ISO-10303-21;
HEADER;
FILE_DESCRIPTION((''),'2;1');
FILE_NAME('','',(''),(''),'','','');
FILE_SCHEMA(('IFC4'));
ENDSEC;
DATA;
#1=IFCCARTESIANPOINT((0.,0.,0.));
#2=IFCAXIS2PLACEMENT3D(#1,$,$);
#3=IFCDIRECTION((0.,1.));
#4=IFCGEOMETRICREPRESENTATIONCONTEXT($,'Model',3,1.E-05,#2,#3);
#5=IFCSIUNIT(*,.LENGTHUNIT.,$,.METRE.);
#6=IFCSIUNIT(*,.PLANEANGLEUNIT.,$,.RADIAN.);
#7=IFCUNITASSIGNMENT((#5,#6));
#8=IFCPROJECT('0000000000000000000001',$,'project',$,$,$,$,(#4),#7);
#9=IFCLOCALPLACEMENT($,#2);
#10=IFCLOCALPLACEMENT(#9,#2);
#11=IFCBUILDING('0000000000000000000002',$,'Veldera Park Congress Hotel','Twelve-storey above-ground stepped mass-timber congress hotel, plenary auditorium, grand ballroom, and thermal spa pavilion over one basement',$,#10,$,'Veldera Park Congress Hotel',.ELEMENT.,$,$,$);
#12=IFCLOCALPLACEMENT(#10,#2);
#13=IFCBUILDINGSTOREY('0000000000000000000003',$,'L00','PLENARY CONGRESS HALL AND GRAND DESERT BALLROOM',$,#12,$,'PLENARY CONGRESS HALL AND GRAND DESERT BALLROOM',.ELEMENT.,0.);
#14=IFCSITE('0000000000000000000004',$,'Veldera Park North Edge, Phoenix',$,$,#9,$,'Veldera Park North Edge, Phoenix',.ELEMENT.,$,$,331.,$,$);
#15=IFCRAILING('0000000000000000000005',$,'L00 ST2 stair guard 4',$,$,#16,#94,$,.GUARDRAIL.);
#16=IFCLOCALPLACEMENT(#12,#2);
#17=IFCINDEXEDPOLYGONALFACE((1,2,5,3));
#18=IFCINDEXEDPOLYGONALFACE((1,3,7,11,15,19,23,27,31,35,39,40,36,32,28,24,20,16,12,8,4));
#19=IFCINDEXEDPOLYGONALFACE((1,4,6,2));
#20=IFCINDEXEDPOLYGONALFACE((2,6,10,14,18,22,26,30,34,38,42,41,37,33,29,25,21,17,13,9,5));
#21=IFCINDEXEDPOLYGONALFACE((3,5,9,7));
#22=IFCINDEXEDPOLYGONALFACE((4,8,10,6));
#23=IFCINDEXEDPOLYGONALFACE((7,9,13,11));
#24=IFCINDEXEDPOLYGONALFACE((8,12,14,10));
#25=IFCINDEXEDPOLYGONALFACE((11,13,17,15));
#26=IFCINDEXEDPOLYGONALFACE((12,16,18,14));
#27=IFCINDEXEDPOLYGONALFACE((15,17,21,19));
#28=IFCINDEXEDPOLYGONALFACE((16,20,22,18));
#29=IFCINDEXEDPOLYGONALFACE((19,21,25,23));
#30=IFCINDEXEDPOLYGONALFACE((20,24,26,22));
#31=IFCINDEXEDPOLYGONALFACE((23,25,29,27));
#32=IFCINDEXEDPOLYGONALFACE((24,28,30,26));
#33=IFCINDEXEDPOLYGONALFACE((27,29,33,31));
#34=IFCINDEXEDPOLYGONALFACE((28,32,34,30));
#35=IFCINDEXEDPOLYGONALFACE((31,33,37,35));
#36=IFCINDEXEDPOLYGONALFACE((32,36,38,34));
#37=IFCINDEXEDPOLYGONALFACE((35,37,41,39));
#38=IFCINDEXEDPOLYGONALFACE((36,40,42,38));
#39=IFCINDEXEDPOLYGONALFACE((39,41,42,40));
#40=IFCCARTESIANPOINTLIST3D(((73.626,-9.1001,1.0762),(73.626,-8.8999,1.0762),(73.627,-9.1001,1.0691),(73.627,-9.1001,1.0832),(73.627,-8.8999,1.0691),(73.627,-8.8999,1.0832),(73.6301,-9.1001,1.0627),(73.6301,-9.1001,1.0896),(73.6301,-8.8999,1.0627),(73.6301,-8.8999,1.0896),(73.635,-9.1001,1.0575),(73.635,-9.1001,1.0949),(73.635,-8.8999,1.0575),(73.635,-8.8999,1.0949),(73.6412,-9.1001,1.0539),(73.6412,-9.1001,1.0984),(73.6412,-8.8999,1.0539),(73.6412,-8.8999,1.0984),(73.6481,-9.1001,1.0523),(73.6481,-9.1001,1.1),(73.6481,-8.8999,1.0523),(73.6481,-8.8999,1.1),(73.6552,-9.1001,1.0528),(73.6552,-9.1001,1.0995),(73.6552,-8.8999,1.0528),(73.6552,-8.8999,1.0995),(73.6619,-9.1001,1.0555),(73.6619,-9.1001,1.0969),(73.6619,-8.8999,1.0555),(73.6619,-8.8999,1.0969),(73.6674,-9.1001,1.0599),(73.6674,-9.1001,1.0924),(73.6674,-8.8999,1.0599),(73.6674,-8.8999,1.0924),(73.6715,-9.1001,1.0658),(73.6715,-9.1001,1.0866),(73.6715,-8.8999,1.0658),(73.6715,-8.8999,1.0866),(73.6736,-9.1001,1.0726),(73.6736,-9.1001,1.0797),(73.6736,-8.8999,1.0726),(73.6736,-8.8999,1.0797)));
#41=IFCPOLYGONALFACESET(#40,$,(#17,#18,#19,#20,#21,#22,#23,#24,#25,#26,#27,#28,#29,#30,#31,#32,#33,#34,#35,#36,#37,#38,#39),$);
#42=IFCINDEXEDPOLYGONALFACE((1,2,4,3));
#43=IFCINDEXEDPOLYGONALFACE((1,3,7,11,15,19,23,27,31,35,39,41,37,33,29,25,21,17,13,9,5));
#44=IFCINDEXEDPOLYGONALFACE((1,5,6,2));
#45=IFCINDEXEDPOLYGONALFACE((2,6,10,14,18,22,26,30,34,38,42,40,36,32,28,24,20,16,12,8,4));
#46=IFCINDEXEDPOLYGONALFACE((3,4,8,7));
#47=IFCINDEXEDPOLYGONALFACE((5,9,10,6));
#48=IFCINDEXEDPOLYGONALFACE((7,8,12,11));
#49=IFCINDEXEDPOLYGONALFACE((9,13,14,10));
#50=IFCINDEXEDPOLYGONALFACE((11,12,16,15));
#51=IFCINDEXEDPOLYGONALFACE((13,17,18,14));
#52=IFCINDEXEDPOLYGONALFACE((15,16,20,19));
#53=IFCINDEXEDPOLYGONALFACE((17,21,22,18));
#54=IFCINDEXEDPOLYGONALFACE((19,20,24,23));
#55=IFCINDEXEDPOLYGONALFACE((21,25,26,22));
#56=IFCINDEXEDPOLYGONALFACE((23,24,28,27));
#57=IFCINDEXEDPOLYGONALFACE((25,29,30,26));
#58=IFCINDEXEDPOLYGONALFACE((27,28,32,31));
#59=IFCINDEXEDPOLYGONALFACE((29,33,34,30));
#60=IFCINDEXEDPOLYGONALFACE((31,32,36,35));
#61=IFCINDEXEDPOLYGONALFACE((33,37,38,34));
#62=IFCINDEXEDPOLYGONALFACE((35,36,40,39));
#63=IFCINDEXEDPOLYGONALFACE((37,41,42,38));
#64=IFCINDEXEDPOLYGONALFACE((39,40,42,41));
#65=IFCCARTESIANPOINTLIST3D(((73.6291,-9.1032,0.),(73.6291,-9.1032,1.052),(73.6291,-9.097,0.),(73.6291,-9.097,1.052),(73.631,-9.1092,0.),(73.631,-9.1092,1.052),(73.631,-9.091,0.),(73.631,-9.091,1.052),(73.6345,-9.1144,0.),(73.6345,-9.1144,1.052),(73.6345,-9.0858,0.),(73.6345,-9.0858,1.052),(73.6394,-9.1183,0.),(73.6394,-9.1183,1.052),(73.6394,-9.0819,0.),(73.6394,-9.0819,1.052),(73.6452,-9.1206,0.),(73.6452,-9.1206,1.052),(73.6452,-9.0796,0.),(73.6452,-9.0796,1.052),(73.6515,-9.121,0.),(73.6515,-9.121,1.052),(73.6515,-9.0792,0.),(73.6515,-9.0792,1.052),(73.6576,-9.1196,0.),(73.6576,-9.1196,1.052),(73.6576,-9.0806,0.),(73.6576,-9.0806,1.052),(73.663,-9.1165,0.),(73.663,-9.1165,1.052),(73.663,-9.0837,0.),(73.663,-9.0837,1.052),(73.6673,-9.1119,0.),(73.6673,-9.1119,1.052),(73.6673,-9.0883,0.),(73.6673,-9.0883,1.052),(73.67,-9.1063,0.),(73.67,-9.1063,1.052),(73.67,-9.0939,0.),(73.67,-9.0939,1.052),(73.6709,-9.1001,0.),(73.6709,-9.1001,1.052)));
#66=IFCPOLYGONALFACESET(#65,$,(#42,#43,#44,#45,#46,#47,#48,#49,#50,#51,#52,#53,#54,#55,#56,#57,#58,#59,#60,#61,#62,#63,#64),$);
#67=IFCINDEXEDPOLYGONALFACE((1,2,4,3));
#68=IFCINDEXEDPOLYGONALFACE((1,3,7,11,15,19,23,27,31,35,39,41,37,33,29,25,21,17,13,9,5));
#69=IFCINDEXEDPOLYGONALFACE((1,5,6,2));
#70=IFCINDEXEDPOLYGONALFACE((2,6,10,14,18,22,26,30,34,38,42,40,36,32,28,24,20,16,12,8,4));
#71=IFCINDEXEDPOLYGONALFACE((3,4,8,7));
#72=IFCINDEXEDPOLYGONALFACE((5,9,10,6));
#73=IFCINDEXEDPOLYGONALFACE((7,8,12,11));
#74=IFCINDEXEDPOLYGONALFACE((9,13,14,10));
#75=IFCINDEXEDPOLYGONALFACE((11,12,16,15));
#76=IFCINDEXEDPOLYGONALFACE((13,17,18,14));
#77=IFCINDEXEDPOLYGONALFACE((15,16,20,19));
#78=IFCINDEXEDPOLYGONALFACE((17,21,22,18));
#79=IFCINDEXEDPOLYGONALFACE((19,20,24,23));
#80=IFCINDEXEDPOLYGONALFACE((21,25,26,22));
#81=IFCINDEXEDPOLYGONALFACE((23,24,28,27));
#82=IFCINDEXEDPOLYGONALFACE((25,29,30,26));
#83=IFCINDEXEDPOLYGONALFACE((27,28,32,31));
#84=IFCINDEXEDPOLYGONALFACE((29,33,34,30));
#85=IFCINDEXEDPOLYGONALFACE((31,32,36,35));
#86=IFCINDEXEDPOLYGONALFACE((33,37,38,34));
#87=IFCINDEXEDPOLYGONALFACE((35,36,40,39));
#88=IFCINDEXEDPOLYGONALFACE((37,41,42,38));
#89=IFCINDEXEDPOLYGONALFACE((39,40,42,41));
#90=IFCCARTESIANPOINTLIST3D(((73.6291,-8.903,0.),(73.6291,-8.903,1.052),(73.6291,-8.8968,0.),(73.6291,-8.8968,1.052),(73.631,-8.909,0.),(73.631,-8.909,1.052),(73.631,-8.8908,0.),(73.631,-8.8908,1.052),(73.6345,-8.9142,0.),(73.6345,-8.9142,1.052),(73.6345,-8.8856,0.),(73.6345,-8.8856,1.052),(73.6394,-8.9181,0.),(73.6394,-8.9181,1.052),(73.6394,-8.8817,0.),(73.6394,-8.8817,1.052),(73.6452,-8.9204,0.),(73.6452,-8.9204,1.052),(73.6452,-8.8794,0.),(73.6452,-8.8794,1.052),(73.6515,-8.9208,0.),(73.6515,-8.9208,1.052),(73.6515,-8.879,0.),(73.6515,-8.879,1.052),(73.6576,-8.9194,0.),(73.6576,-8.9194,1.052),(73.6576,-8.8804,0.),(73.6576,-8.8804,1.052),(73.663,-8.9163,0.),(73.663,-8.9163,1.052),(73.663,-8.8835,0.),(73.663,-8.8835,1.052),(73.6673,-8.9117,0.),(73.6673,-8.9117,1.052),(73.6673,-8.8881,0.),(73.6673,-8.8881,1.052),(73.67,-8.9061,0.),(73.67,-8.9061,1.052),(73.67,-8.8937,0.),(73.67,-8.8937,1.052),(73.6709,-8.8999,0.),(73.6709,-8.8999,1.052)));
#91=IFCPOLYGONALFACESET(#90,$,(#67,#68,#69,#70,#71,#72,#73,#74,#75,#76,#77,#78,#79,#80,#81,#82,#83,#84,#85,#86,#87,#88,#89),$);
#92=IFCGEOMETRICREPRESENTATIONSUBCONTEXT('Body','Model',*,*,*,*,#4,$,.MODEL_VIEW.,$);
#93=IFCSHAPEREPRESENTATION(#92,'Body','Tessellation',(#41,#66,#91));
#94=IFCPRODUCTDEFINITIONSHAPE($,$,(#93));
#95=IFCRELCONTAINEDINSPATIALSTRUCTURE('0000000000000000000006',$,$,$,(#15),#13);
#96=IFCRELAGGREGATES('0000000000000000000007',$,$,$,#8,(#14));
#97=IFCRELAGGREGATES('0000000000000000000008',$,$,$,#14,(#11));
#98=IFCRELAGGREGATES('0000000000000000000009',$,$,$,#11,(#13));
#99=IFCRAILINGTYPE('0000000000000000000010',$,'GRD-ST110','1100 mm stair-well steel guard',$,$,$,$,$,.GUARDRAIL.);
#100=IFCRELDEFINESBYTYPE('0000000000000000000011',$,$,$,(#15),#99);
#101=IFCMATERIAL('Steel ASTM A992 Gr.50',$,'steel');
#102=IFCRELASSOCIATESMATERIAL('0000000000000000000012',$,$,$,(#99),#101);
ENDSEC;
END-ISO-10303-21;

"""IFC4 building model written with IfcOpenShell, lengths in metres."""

from ifc_helpers import new_model, si_unit, direction, frame, origin, origin_2d, place, context, subcontext, project, spatial, circle, extrude, material, type_object, element, save


model = new_model("IFC4")

# Units and contexts
model_context = context("Model", 3, precision=1e-05, world=origin(), true_north=direction((0.0, 1.0)))
body_context = subcontext(model_context, "Body", "Model", "MODEL_VIEW")
ifc_project = project(units=[si_unit("LENGTHUNIT", "METRE"), si_unit("PLANEANGLEUNIT", "RADIAN")], contexts=[model_context])

# Site, building, storey
site_placement = place(None, origin())
site = spatial("IfcSite", under=ifc_project, at=site_placement, Name="Veldera Park North Edge, Phoenix", LongName="Veldera Park North Edge, Phoenix", CompositionType="ELEMENT", RefElevation=331.0)
building_placement = place(site_placement, origin())
building = spatial("IfcBuilding", under=site, at=building_placement, Name="Veldera Park Congress Hotel", Description="Twelve-storey above-ground stepped mass-timber congress hotel, plenary auditorium, grand ballroom, and thermal spa pavilion over one basement", LongName="Veldera Park Congress Hotel", CompositionType="ELEMENT")
storey_placement = place(building_placement, origin())
storey = spatial("IfcBuildingStorey", under=building, at=storey_placement, Name="L00", Description="PLENARY CONGRESS HALL AND GRAND DESERT BALLROOM", LongName="PLENARY CONGRESS HALL AND GRAND DESERT BALLROOM", CompositionType="ELEMENT", Elevation=0.0)

# Railing
ifc_material_1 = material(Name="Steel ASTM A992 Gr.50", Category="steel")
railing_type_1 = type_object("IfcRailingType", Name="GRD-ST110", Description="1100 mm stair-well steel guard", PredefinedType="GUARDRAIL", material=ifc_material_1)
railing_1_placement = place(storey_placement, frame((73.6499, -9.1001, 0.0)))
element("IfcRailing", 1, at=railing_1_placement, inside=storey, type_object=railing_type_1, Name="L00 ST2 stair guard 4", PredefinedType="GUARDRAIL", context=body_context, shape_type="SweptSolid", body=[
    extrude(circle(Radius=0.0239, at=origin_2d()), frame((0.0, 0.0, 1.0762), z_axis=(0.0, 1.0, 0.0), x_axis=(-1.0, 0.0, 0.0)), (0.0, 0.0, 1.0), 0.2002),
    extrude(circle(Radius=0.021, at=origin_2d()), origin(), (0.0, 0.0, 1.0), 1.052),
    extrude(circle(Radius=0.021, at=origin_2d()), frame((0.0, 0.2002, 0.0)), (0.0, 0.0, 1.0), 1.052),
])

save(model, "model.ifc")
